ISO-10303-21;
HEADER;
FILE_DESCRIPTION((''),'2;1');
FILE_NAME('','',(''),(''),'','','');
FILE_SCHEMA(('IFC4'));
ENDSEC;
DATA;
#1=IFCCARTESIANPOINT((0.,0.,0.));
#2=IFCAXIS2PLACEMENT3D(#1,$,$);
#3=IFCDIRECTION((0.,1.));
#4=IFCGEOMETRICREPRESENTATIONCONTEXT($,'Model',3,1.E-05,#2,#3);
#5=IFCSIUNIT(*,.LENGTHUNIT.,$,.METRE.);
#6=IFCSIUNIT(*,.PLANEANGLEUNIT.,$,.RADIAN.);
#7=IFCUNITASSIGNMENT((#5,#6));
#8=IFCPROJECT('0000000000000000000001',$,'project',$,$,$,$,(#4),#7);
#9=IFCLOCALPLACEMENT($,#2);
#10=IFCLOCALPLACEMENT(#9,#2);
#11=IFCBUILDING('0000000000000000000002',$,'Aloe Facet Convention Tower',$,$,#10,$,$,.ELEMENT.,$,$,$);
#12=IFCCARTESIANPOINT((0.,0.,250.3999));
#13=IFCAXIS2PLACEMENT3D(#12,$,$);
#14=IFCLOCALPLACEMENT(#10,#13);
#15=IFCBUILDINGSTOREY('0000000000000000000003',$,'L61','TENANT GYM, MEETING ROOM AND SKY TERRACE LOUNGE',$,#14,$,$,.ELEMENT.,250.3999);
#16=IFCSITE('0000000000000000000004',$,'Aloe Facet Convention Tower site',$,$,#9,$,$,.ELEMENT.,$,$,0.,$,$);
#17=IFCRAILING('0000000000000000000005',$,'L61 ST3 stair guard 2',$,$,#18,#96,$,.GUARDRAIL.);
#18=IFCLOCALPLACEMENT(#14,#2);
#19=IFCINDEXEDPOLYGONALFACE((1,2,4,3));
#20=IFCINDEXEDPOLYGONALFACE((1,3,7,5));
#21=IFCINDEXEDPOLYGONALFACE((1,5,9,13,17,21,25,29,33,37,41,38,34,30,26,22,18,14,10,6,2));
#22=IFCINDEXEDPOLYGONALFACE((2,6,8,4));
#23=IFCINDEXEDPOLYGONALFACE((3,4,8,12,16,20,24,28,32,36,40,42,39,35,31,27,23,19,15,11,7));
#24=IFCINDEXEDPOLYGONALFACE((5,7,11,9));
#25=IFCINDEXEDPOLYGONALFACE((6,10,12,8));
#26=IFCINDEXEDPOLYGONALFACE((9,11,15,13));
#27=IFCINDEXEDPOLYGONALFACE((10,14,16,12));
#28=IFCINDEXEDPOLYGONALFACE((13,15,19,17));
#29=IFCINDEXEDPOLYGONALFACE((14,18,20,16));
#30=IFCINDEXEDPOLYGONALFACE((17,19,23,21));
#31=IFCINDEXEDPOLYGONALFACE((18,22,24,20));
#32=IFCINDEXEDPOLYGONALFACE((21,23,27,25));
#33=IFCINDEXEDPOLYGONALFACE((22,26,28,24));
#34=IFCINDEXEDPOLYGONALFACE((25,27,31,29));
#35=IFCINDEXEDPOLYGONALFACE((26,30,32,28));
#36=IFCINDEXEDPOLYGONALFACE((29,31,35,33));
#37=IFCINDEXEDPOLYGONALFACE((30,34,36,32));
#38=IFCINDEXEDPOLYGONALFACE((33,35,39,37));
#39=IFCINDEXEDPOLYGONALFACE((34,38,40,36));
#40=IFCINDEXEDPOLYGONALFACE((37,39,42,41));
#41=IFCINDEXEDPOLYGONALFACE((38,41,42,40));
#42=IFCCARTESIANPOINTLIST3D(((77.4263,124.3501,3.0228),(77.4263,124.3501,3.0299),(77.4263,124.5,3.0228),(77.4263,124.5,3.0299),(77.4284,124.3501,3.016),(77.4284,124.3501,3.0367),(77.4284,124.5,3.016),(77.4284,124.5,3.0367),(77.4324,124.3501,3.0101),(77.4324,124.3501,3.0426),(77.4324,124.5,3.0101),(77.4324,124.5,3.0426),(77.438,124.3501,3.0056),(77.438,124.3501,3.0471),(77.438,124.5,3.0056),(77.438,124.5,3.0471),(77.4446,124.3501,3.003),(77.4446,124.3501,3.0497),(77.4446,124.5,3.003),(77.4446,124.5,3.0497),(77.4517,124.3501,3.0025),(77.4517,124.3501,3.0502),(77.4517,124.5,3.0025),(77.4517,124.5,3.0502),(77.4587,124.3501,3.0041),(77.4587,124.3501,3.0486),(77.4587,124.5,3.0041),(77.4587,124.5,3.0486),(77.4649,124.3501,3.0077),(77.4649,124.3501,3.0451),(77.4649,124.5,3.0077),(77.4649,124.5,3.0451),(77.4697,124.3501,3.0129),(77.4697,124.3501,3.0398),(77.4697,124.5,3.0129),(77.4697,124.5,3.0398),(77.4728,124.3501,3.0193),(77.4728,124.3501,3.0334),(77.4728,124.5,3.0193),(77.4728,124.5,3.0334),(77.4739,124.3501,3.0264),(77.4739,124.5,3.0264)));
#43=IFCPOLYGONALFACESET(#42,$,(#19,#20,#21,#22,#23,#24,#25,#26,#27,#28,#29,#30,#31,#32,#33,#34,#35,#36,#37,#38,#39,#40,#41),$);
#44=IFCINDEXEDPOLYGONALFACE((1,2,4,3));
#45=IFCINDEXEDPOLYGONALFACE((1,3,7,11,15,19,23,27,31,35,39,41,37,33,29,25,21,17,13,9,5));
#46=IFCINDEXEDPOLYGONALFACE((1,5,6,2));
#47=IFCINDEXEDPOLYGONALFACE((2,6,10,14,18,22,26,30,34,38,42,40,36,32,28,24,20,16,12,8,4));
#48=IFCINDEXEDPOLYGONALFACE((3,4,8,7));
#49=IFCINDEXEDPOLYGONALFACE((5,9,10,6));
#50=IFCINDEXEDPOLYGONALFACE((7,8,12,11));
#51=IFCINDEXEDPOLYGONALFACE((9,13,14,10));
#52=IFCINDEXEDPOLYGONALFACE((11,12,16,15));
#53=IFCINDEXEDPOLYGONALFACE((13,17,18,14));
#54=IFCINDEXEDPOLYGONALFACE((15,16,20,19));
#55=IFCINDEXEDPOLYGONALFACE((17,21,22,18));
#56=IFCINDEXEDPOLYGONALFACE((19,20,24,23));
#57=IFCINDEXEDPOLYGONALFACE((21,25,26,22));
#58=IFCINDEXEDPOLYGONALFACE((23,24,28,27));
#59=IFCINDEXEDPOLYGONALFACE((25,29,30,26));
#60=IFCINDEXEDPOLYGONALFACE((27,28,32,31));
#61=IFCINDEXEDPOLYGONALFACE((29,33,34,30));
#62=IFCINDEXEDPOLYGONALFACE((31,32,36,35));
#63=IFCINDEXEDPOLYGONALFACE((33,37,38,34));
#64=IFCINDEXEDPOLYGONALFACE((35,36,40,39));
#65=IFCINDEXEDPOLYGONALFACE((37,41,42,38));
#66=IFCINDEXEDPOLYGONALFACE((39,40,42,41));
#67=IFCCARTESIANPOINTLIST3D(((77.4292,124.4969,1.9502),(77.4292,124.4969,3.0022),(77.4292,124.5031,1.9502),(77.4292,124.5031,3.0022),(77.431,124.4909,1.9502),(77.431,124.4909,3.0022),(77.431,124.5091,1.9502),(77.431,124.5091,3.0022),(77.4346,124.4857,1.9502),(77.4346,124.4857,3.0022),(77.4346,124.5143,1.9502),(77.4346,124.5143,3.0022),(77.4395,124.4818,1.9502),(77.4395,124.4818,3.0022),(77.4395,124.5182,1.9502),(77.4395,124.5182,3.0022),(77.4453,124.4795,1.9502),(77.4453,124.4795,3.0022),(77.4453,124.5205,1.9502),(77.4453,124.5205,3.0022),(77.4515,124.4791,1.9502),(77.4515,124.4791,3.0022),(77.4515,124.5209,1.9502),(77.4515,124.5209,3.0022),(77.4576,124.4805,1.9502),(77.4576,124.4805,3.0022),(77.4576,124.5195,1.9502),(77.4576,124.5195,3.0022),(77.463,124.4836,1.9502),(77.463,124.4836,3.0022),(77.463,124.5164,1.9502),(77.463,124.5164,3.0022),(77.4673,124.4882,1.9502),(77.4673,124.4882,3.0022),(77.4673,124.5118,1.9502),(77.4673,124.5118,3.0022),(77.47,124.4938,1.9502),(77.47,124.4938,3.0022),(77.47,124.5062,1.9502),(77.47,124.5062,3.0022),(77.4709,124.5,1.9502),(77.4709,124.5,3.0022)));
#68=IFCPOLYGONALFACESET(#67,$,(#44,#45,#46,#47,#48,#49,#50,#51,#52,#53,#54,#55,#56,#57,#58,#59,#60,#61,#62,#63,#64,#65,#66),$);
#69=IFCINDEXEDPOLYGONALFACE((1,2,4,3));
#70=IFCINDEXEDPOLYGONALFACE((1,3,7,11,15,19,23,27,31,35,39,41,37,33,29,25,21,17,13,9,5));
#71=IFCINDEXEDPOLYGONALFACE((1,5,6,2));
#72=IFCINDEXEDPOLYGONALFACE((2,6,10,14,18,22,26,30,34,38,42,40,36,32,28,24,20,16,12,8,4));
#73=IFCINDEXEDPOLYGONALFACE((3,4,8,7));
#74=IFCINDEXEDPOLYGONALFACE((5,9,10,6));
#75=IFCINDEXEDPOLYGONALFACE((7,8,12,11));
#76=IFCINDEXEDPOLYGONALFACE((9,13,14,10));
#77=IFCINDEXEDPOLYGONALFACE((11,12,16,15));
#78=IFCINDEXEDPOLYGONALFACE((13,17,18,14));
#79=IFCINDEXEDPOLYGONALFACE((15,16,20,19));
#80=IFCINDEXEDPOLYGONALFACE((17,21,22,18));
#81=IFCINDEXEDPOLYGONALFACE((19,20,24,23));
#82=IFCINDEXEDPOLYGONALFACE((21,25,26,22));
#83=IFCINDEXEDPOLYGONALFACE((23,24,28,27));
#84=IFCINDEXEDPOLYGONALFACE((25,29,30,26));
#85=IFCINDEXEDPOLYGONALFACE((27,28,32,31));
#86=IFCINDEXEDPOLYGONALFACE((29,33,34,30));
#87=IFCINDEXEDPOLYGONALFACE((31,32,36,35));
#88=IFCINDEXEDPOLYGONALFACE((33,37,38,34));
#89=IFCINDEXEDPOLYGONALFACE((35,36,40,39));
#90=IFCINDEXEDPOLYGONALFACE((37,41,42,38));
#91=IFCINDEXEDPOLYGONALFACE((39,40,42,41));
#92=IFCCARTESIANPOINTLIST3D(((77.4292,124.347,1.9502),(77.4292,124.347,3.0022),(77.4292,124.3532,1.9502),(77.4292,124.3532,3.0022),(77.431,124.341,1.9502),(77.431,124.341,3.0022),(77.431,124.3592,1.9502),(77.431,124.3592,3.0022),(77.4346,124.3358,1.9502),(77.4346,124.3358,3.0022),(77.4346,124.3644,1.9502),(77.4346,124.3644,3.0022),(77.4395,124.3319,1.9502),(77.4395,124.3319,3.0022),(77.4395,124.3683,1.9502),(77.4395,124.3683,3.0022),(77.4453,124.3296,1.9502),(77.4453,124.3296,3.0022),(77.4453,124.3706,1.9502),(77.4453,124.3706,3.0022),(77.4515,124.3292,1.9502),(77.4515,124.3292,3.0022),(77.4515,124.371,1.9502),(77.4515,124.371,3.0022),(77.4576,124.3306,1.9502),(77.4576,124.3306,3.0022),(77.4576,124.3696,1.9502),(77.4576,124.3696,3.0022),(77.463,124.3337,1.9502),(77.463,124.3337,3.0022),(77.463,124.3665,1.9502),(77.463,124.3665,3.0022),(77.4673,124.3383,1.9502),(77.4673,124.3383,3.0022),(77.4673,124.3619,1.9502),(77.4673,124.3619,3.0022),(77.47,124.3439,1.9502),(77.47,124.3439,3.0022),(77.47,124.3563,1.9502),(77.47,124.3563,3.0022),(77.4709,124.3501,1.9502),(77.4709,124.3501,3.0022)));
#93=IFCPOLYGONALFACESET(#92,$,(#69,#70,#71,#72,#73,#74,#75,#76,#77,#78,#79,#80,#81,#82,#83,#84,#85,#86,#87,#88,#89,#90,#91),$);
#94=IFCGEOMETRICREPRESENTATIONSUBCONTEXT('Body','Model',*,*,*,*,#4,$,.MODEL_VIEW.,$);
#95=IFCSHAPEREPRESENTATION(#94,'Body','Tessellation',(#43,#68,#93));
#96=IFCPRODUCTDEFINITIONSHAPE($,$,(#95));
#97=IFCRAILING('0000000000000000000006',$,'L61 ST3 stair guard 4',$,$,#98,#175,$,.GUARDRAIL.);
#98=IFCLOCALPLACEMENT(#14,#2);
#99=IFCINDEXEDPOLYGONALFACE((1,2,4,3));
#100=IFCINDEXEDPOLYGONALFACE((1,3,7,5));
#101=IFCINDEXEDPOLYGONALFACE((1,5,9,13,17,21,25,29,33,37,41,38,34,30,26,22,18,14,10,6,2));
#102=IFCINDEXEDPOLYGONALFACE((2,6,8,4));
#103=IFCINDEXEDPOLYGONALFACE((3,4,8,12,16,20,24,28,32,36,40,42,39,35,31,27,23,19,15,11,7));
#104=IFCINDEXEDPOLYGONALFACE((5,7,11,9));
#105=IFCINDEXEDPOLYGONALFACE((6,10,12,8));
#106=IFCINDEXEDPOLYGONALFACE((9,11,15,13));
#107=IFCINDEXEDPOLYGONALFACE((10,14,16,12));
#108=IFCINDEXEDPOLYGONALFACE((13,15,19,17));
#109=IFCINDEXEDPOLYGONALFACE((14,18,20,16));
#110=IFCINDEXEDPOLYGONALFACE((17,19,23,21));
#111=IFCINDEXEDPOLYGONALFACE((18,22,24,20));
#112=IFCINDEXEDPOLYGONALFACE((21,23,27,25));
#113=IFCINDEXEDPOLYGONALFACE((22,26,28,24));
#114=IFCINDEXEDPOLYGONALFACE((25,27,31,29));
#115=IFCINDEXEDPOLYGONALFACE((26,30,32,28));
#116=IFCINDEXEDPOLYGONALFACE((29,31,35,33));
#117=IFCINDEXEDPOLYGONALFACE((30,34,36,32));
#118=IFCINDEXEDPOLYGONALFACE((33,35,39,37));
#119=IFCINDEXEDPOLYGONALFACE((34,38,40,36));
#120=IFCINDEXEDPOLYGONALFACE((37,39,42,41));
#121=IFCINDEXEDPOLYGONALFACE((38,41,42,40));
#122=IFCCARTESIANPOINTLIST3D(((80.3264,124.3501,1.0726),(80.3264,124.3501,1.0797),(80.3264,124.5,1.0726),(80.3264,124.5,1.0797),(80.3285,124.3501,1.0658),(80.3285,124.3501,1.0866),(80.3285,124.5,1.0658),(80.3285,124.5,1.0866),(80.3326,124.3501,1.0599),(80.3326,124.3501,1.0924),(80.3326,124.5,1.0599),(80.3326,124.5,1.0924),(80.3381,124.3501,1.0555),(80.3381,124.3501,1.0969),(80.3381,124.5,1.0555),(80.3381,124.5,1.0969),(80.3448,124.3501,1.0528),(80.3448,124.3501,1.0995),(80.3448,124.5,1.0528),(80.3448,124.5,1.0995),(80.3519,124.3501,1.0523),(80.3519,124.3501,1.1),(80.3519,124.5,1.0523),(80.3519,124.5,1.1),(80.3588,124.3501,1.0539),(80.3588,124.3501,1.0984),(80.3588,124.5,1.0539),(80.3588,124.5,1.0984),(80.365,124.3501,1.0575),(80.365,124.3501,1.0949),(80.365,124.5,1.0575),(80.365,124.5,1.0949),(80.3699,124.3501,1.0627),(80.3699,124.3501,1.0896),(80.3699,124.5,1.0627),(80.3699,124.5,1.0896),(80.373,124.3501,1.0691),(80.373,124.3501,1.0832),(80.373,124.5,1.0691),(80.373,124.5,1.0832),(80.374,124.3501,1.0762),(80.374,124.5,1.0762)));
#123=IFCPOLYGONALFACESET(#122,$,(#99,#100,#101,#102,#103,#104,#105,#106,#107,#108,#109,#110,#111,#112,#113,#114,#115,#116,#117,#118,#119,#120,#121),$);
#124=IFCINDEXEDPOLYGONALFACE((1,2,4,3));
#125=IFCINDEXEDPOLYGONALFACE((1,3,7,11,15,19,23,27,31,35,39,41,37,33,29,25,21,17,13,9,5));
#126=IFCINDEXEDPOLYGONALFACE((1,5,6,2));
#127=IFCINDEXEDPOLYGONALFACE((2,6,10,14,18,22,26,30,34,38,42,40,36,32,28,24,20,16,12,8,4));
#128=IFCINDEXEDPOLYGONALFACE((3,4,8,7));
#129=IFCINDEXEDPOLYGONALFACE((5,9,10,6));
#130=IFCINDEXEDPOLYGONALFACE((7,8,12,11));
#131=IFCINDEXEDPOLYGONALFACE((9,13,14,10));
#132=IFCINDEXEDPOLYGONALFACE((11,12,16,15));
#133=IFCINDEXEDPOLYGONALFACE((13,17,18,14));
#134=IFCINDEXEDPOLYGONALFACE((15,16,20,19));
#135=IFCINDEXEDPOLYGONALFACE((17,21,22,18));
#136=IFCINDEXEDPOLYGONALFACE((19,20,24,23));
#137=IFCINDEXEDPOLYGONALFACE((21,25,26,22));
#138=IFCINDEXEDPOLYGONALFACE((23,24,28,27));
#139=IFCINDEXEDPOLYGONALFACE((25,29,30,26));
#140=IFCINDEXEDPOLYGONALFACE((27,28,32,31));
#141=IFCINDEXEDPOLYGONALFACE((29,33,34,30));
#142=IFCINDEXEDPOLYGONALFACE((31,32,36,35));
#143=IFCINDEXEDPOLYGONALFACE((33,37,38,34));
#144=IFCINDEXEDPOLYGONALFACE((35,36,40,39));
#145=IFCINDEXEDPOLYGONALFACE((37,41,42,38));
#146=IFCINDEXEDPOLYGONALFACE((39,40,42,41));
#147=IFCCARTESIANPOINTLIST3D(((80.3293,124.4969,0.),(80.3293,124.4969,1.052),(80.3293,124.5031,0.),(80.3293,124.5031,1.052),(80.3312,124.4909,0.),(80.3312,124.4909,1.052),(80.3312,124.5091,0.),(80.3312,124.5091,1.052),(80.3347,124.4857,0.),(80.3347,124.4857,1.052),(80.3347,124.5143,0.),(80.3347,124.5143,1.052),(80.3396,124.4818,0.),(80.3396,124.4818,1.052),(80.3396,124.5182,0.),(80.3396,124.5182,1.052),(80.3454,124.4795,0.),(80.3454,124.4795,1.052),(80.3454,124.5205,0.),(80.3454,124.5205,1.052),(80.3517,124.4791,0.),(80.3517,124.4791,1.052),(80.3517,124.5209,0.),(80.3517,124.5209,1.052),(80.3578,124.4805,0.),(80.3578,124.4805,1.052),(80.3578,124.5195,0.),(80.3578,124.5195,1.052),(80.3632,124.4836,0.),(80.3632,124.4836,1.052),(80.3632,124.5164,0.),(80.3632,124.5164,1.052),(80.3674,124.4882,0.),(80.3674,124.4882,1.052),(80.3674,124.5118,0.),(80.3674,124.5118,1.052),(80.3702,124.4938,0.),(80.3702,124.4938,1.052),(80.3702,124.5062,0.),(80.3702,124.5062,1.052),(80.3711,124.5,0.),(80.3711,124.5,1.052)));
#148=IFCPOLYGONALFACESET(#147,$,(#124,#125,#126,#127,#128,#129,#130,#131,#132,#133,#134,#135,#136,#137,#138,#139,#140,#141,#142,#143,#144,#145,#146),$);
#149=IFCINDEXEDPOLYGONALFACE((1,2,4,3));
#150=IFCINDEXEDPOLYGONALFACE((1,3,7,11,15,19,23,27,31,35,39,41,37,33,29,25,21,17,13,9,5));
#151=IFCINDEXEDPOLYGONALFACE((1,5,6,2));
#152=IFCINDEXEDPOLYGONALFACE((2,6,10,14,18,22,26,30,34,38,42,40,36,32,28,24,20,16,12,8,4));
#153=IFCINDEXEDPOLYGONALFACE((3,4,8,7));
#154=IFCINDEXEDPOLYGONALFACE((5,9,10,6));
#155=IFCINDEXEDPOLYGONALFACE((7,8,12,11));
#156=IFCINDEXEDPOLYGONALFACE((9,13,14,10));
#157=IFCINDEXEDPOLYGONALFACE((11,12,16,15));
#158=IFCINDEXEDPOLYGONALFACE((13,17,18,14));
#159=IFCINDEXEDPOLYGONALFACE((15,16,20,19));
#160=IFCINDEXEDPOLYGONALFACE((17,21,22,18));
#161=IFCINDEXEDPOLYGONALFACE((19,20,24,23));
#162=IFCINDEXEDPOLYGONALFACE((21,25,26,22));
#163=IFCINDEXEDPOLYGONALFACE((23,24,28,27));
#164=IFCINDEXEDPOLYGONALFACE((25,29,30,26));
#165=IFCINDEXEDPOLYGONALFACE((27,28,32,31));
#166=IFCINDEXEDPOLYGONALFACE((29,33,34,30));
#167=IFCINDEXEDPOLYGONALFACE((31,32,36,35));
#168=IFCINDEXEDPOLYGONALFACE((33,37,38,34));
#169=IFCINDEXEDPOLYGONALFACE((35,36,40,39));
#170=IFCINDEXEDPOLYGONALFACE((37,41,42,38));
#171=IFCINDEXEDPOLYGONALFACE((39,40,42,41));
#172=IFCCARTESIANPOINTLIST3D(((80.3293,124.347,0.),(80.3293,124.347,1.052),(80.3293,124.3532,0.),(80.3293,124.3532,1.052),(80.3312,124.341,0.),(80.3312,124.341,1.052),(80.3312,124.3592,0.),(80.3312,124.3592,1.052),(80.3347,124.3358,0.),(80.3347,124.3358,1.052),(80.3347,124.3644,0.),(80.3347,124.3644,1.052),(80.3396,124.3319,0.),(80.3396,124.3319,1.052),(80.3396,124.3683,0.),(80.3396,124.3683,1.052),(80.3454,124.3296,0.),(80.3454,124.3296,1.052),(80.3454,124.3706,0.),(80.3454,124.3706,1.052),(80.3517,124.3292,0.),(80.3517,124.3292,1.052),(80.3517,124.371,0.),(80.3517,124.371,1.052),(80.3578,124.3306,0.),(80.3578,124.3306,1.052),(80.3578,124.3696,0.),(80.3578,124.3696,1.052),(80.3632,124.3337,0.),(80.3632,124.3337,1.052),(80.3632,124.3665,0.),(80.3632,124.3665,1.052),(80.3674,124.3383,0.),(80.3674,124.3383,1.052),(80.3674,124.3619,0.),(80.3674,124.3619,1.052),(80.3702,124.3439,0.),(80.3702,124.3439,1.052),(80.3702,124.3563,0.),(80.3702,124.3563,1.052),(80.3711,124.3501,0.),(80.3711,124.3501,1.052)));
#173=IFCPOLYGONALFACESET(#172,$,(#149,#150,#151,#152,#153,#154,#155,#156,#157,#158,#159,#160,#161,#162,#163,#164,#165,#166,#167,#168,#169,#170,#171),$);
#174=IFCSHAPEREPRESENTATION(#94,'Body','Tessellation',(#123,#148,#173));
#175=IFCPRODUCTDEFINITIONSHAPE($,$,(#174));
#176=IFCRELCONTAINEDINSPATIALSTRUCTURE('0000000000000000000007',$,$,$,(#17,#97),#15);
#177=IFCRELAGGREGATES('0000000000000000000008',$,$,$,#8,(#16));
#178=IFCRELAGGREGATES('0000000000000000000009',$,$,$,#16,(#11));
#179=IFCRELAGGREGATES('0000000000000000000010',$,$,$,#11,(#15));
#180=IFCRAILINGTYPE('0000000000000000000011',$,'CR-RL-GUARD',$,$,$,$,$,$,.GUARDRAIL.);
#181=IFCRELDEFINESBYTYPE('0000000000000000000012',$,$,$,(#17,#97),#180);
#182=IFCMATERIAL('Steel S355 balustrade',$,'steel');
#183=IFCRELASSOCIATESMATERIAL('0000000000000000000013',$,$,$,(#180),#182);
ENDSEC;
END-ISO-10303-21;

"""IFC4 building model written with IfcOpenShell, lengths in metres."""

from ifc_helpers import new_model, si_unit, direction, frame, origin, origin_2d, place, context, subcontext, project, spatial, circle, extrude, material, type_object, element, save


model = new_model("IFC4")

# Units and contexts
model_context = context("Model", 3, precision=1e-05, world=origin(), true_north=direction((0.0, 1.0)))
body_context = subcontext(model_context, "Body", "Model", "MODEL_VIEW")
ifc_project = project(units=[si_unit("LENGTHUNIT", "METRE"), si_unit("PLANEANGLEUNIT", "RADIAN")], contexts=[model_context])

# Site, building, storey
site_placement = place(None, origin())
site = spatial("IfcSite", under=ifc_project, at=site_placement, Name="Aloe Facet Convention Tower site", CompositionType="ELEMENT", RefElevation=0.0)
building_placement = place(site_placement, origin())
building = spatial("IfcBuilding", under=site, at=building_placement, Name="Aloe Facet Convention Tower", CompositionType="ELEMENT")
storey_placement = place(building_placement, frame((0.0, 0.0, 250.3999)))
storey = spatial("IfcBuildingStorey", under=building, at=storey_placement, Name="L61", Description="TENANT GYM, MEETING ROOM AND SKY TERRACE LOUNGE", CompositionType="ELEMENT", Elevation=250.3999)

# Railings
ifc_material_1 = material(Name="Steel S355 balustrade", Category="steel")
railing_type_1 = type_object("IfcRailingType", Name="CR-RL-GUARD", PredefinedType="GUARDRAIL", material=ifc_material_1)
for number, where, name in (
    (1, (77.45, 124.5, 1.9502), "L61 ST3 stair guard 2"),
    (2, (80.3501, 124.5, 0.0), "L61 ST3 stair guard 4"),
):
    element("IfcRailing", number, at=place(storey_placement, frame(where)), inside=storey, type_object=railing_type_1, Name=name, PredefinedType="GUARDRAIL", context=body_context, shape_type="SweptSolid", body=[
        extrude(circle(Radius=0.0239, at=origin_2d()), frame((0.0, 0.0, 1.0762), z_axis=(0.0, -1.0, 0.0), x_axis=(1.0, 0.0, 0.0)), (0.0, 0.0, 1.0), 0.1499),
        extrude(circle(Radius=0.021, at=origin_2d()), origin(), (0.0, 0.0, 1.0), 1.052),
        extrude(circle(Radius=0.021, at=origin_2d()), frame((0.0, -0.1499, 0.0)), (0.0, 0.0, 1.0), 1.052),
    ])

save(model, "model.ifc")
